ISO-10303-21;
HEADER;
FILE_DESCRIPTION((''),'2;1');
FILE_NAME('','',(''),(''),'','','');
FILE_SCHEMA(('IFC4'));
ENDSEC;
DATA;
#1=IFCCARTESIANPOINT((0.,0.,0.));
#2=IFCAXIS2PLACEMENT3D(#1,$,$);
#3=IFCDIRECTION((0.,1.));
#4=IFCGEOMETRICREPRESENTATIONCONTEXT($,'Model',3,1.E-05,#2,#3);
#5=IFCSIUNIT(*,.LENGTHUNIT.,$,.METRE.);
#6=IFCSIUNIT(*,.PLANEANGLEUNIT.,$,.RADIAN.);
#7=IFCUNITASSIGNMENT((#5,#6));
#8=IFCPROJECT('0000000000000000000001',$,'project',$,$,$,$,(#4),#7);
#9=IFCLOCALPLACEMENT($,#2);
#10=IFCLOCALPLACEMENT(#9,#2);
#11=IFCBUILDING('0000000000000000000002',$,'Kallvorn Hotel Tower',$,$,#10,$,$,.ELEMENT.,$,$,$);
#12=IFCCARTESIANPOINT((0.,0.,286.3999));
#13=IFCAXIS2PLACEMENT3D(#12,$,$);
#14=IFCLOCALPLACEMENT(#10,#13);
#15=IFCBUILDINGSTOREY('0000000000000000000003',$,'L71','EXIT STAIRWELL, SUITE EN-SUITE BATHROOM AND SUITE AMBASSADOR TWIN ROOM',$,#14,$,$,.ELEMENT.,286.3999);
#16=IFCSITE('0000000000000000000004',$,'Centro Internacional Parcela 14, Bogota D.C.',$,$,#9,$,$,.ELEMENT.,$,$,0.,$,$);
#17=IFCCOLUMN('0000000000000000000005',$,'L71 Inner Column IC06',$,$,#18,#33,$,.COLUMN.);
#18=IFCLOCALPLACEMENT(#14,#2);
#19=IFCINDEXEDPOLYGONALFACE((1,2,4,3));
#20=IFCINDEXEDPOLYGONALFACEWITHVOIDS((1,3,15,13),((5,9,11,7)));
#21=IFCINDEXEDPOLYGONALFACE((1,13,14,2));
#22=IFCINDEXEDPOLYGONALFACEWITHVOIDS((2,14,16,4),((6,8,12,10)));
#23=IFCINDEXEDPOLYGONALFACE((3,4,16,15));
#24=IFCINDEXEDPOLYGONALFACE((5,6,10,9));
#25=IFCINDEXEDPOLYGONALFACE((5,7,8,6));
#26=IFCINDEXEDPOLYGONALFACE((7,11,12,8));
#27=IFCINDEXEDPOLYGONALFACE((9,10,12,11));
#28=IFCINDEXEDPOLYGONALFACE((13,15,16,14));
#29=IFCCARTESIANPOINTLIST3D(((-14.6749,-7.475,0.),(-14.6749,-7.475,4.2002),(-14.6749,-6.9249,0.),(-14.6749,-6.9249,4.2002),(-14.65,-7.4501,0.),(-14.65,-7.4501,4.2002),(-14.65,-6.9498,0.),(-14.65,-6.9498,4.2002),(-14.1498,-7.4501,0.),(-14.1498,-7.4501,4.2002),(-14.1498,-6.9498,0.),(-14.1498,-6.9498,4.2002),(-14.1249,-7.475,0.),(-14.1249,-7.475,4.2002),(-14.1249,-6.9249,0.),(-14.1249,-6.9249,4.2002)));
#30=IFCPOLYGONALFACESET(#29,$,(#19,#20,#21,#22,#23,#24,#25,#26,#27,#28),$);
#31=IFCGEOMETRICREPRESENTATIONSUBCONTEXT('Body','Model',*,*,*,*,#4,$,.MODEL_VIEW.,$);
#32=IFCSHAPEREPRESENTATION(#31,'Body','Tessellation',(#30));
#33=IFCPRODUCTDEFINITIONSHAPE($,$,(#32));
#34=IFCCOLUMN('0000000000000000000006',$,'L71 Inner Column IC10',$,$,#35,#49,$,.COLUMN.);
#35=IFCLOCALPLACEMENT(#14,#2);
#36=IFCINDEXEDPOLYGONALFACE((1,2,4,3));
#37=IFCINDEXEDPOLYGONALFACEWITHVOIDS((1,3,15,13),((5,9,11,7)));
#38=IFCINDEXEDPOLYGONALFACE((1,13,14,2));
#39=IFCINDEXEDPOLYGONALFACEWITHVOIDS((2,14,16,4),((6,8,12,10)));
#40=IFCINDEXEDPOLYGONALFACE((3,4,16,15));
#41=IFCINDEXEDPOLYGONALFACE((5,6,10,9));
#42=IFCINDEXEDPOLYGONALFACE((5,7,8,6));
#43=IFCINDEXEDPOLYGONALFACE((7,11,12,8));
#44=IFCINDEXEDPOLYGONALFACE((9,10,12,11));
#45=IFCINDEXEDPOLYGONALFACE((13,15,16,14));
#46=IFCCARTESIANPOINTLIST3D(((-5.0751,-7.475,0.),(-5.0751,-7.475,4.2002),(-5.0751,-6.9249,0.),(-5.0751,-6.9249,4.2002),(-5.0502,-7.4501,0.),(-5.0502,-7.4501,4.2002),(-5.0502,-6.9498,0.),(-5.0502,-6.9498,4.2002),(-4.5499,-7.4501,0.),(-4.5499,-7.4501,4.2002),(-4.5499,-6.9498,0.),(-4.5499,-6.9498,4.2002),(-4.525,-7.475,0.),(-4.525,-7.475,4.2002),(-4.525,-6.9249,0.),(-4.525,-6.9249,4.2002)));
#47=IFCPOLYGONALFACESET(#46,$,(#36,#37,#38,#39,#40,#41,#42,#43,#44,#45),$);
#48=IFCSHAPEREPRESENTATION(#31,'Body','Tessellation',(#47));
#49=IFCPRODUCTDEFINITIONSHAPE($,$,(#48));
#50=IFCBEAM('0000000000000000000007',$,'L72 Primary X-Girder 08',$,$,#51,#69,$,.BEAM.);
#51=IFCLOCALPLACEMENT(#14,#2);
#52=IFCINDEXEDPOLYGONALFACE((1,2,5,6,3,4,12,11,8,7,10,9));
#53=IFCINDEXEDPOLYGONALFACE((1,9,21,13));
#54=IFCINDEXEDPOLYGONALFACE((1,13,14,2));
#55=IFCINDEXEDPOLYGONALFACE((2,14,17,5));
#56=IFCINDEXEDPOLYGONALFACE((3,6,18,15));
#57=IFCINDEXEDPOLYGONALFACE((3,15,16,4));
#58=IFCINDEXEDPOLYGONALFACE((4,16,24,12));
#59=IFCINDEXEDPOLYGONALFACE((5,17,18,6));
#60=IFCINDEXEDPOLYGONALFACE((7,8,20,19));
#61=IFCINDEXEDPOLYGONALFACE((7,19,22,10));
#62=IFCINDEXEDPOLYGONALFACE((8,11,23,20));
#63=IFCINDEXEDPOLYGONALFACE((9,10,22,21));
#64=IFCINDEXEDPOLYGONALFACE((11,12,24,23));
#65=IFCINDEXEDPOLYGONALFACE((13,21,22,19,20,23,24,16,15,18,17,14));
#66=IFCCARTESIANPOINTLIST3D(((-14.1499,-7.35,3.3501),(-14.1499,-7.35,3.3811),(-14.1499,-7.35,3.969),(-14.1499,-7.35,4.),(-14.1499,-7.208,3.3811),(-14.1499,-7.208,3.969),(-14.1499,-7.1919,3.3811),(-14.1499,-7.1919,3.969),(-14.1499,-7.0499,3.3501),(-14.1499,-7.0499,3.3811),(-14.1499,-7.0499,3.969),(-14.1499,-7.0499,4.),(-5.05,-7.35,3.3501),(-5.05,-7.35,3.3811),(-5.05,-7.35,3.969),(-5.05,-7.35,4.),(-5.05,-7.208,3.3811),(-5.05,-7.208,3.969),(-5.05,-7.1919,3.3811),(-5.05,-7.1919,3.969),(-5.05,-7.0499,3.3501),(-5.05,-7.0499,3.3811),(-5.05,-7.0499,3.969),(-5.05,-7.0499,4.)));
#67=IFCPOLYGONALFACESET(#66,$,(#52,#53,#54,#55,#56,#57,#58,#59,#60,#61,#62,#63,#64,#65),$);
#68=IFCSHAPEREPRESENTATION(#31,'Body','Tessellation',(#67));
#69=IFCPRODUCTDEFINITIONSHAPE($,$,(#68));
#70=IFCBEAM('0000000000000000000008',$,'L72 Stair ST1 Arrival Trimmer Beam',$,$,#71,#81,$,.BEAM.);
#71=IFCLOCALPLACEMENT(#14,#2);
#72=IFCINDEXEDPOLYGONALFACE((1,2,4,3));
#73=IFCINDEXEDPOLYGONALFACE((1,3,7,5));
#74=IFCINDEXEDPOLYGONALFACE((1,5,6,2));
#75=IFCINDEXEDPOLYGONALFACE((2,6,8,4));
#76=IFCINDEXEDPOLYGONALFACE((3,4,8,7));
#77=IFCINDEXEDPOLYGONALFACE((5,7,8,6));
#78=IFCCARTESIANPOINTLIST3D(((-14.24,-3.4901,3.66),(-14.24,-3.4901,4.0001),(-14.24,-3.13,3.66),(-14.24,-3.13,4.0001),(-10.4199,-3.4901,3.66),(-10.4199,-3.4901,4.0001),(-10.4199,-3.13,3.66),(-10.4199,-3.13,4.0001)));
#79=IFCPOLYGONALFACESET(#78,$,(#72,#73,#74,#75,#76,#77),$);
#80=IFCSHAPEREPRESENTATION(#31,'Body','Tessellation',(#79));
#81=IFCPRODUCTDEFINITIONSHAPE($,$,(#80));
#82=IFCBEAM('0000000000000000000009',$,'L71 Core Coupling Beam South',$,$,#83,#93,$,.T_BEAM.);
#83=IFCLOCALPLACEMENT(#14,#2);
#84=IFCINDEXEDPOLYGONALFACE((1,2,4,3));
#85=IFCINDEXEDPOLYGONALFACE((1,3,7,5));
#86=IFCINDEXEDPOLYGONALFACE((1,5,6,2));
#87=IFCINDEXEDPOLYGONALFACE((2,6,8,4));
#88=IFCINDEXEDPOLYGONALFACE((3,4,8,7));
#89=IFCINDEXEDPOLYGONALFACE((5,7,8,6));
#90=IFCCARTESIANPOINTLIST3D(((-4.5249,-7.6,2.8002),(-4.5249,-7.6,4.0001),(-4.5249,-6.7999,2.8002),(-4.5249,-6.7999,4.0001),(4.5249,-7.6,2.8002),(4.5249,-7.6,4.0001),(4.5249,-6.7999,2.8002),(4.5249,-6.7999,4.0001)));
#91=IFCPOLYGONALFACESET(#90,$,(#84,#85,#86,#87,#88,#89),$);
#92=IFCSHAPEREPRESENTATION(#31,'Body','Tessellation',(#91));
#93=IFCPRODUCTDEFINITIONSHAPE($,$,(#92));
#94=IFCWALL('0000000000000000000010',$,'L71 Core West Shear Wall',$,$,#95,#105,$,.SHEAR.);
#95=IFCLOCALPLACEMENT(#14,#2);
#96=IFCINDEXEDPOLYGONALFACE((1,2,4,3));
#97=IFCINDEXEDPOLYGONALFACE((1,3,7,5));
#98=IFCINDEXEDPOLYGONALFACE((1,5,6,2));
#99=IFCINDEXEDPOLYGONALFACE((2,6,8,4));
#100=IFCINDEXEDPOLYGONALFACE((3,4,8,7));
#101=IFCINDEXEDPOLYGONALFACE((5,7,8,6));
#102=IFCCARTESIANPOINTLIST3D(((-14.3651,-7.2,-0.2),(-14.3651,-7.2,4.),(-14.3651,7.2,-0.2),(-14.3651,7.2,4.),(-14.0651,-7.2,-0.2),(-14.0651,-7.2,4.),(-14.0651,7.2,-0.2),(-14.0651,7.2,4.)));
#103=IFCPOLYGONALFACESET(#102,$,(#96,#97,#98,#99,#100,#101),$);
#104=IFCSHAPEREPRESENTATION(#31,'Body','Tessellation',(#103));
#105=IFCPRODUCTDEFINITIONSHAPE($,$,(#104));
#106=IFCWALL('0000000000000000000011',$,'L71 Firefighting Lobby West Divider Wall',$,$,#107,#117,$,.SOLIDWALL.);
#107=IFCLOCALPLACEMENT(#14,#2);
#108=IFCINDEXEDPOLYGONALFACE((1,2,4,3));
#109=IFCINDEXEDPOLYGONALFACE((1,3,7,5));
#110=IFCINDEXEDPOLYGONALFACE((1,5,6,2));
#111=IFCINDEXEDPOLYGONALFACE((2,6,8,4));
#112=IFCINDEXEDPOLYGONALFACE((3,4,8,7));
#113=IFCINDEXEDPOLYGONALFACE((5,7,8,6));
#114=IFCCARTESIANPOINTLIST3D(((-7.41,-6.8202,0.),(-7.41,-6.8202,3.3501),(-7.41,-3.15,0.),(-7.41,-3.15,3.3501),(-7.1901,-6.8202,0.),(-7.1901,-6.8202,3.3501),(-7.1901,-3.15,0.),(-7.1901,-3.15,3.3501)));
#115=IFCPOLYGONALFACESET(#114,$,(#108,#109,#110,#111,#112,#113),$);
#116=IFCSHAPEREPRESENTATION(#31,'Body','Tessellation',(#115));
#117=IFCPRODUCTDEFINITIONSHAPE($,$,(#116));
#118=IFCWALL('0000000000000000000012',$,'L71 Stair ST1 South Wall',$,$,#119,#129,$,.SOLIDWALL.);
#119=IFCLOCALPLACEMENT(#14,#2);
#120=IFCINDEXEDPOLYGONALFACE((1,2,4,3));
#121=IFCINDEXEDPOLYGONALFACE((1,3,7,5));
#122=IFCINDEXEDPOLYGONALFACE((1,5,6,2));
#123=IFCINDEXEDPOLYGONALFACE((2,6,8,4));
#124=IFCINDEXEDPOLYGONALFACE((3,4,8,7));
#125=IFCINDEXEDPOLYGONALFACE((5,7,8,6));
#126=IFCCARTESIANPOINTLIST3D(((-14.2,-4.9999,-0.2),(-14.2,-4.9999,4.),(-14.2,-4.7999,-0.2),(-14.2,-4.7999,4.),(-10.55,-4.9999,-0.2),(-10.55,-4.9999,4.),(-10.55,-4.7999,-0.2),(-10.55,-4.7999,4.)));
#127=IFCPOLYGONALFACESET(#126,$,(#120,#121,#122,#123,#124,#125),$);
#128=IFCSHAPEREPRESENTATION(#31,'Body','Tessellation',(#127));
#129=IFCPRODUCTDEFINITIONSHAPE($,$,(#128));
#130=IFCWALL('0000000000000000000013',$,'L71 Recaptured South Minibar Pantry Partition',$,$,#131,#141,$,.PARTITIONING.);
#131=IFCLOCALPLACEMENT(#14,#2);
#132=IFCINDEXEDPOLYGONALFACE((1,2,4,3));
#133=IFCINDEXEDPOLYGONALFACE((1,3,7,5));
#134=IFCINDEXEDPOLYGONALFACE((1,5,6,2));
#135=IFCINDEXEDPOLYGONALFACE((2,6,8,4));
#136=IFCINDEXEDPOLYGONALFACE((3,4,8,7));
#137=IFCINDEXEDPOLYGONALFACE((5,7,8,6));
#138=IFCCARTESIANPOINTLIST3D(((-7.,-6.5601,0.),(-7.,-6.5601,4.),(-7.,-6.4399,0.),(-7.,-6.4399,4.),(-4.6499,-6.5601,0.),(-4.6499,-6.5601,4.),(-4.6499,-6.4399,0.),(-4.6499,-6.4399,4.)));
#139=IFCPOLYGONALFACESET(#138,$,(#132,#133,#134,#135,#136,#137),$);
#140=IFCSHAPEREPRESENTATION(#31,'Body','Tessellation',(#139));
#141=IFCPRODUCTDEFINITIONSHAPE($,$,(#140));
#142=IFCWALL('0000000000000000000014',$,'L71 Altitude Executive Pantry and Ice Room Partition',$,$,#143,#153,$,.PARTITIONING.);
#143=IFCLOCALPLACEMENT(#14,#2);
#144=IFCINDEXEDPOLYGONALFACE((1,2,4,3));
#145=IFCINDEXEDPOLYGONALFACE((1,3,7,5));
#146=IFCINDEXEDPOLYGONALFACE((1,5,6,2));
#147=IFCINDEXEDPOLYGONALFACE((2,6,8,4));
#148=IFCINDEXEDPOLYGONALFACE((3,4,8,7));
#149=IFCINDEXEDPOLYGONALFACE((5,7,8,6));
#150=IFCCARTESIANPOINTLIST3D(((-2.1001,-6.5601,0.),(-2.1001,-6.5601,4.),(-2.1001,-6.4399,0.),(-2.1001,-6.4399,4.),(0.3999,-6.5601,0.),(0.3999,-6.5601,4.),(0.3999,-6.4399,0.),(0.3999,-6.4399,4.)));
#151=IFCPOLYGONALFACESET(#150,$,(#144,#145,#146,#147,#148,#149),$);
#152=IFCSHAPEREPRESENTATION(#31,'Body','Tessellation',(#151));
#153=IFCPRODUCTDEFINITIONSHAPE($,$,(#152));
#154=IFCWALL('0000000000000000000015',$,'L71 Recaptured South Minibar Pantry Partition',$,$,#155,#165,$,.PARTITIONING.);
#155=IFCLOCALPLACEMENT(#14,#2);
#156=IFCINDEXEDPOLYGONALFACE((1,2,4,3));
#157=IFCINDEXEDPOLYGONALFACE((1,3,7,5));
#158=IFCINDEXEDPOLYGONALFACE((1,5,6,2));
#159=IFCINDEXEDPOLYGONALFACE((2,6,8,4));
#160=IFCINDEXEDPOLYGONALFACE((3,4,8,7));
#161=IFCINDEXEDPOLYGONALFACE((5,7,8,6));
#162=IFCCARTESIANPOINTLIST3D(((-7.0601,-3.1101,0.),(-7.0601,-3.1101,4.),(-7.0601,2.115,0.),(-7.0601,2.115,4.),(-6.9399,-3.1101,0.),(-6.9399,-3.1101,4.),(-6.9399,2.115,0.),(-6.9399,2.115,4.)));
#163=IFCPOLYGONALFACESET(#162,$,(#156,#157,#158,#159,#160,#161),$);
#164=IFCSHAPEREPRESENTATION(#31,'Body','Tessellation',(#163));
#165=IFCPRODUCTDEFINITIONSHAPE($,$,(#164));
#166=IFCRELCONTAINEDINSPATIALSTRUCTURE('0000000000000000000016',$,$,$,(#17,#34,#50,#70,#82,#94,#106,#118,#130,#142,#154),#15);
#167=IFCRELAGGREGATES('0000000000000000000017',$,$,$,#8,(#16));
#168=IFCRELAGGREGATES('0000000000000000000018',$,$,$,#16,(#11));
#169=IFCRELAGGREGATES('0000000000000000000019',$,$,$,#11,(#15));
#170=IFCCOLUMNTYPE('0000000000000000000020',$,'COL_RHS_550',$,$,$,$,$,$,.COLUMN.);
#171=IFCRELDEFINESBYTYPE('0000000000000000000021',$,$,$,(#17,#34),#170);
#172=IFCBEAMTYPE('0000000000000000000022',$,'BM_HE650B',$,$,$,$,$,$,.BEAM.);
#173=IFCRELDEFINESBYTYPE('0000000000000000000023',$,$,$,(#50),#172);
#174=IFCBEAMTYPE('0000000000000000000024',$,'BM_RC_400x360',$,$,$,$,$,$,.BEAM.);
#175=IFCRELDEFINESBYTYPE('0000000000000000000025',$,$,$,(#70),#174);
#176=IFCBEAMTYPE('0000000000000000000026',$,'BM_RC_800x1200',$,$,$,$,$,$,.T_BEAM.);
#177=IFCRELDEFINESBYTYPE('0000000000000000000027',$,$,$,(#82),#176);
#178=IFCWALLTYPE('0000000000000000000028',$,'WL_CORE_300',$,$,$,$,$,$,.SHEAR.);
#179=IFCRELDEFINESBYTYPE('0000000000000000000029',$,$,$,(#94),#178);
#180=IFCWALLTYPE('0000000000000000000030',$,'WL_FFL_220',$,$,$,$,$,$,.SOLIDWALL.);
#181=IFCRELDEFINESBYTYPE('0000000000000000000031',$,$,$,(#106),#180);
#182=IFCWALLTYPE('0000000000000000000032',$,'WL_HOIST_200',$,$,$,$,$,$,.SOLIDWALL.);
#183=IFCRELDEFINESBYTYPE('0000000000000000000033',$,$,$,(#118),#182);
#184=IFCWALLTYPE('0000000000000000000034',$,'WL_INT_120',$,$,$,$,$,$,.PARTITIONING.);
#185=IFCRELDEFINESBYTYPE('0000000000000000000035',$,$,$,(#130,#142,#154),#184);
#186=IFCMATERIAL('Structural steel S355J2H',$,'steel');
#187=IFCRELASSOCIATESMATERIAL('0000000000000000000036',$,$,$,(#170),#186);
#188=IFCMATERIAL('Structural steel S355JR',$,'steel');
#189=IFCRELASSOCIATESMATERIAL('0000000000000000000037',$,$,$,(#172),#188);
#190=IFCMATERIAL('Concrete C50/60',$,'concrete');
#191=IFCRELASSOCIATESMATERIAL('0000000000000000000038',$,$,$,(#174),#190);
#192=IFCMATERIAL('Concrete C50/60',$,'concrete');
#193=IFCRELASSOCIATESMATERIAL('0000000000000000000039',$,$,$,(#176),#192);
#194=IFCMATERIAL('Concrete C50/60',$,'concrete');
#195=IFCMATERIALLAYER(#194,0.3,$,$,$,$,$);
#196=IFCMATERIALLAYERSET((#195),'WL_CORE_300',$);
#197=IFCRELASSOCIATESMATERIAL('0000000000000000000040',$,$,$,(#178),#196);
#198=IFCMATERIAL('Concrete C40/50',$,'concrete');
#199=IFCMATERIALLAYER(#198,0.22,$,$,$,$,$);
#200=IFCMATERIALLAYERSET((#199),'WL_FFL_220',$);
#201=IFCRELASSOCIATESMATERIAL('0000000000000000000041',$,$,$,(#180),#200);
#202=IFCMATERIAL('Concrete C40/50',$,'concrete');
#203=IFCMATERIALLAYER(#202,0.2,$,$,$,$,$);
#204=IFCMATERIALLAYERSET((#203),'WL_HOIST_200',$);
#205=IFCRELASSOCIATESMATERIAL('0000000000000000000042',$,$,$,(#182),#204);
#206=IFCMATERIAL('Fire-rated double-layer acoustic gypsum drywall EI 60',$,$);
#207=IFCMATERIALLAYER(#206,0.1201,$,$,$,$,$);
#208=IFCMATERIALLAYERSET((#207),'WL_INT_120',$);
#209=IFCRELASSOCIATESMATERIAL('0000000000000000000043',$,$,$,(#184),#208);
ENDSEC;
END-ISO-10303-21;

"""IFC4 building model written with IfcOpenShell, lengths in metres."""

from ifc_helpers import new_model, si_unit, direction, frame, frame_2d, origin, origin_2d, place, context, subcontext, project, spatial, rectangle, hollow_rectangle, i_section, extrude, material, layer, layer_set, material_profile, profile_set, type_object, element, save


model = new_model("IFC4")

# Units and contexts
model_context = context("Model", 3, precision=1e-05, world=origin(), true_north=direction((0.0, 1.0)))
body_context = subcontext(model_context, "Body", "Model", "MODEL_VIEW")
ifc_project = project(units=[si_unit("LENGTHUNIT", "METRE"), si_unit("PLANEANGLEUNIT", "RADIAN")], contexts=[model_context])

# Site, building, storey
site_placement = place(None, origin())
site = spatial("IfcSite", under=ifc_project, at=site_placement, Name="Centro Internacional Parcela 14, Bogota D.C.", CompositionType="ELEMENT", RefElevation=0.0)
building_placement = place(site_placement, origin())
building = spatial("IfcBuilding", under=site, at=building_placement, Name="Kallvorn Hotel Tower", CompositionType="ELEMENT")
storey_placement = place(building_placement, frame((0.0, 0.0, 286.3999)))
storey = spatial("IfcBuildingStorey", under=building, at=storey_placement, Name="L71", Description="EXIT STAIRWELL, SUITE EN-SUITE BATHROOM AND SUITE AMBASSADOR TWIN ROOM", CompositionType="ELEMENT", Elevation=286.3999)

# Columns
ifc_material_1 = material(Name="Structural steel S355J2H", Category="steel")
ifc_material_profile_1 = material_profile(ifc_material_1, hollow_rectangle(XDim=0.55, YDim=0.55, WallThickness=0.0249, at=origin_2d()), Name="RHS 550x550x25")
ifc_profile_set_1 = profile_set([ifc_material_profile_1], Name="Structural steel S355J2H")
column_type = type_object("IfcColumnType", Name="COL_RHS_550", PredefinedType="COLUMN", material=ifc_profile_set_1)
for number, where, z_axis, x_axis, name in (
    (1, (-14.3999, -7.2, 0.0), (0.0, 0.0, 1.0), (1.0, 0.0, 0.0), "L71 Inner Column IC06"),
    (2, (-4.8, -7.2, 0.0), (0.0, 0.0, 1.0), (1.0, 0.0, 0.0), "L71 Inner Column IC10"),
):
    element("IfcColumn", number, at=place(storey_placement, frame(where, z_axis=z_axis, x_axis=x_axis)), inside=storey, type_object=column_type, Name=name, PredefinedType="COLUMN", context=body_context, shape_type="SweptSolid", body=[
        extrude(hollow_rectangle(XDim=0.55, YDim=0.55, WallThickness=0.0249, at=origin_2d()), origin(), (0.0, 0.0, 1.0), 4.2002),
    ])

# Beams
ifc_material_2 = material(Name="Structural steel S355JR", Category="steel")
ifc_material_profile_2 = material_profile(ifc_material_2, i_section(OverallWidth=0.3, OverallDepth=0.6499, WebThickness=0.0161, FlangeThickness=0.031, at=origin_2d()), Name="HE 650 B")
ifc_profile_set_2 = profile_set([ifc_material_profile_2], Name="Structural steel S355JR")
beam_type_1 = type_object("IfcBeamType", Name="BM_HE650B", PredefinedType="BEAM", material=ifc_profile_set_2)
beam_1_placement = place(storey_placement, frame((-14.1499, -7.2, 3.675), z_axis=(1.0, 0.0, 0.0), x_axis=(0.0, 1.0, 0.0)))
element("IfcBeam", 3, at=beam_1_placement, inside=storey, type_object=beam_type_1, Name="L72 Primary X-Girder 08", PredefinedType="BEAM", context=body_context, shape_type="SweptSolid", body=[
    extrude(i_section(OverallWidth=0.3, OverallDepth=0.6499, WebThickness=0.0161, FlangeThickness=0.031, at=origin_2d()), origin(), (0.0, 0.0, 1.0), 9.0999),
])
ifc_material_3 = material(Name="Concrete C50/60", Category="concrete")
ifc_material_profile_3 = material_profile(ifc_material_3, rectangle(XDim=0.3601, YDim=0.3401, at=origin_2d()), Name="RC 360x340")
ifc_profile_set_3 = profile_set([ifc_material_profile_3], Name="Concrete C50/60")
beam_type_2 = type_object("IfcBeamType", Name="BM_RC_400x360", PredefinedType="BEAM", material=ifc_profile_set_3)
beam_2_placement = place(storey_placement, frame((-10.4199, -3.3101, 3.8301), z_axis=(-1.0, 0.0, 0.0), x_axis=(0.0, -1.0, 0.0)))
element("IfcBeam", 4, at=beam_2_placement, inside=storey, type_object=beam_type_2, Name="L72 Stair ST1 Arrival Trimmer Beam", PredefinedType="BEAM", context=body_context, shape_type="SweptSolid", body=[
    extrude(rectangle(XDim=0.3601, YDim=0.3401, at=origin_2d()), origin(), (0.0, 0.0, 1.0), 3.8201),
])
ifc_material_4 = material(Name="Concrete C50/60", Category="concrete")
ifc_material_profile_4 = material_profile(ifc_material_4, rectangle(XDim=0.8, YDim=1.2, at=origin_2d()), Name="RC 800x1200")
ifc_profile_set_4 = profile_set([ifc_material_profile_4], Name="Concrete C50/60")
beam_type_3 = type_object("IfcBeamType", Name="BM_RC_800x1200", PredefinedType="T_BEAM", material=ifc_profile_set_4)
beam_3_placement = place(storey_placement, frame((-4.5249, -7.2, 3.4001), z_axis=(1.0, 0.0, 0.0), x_axis=(0.0, 1.0, 0.0)))
element("IfcBeam", 5, at=beam_3_placement, inside=storey, type_object=beam_type_3, Name="L71 Core Coupling Beam South", PredefinedType="T_BEAM", context=body_context, shape_type="SweptSolid", body=[
    extrude(rectangle(XDim=0.8, YDim=1.2, at=origin_2d()), origin(), (0.0, 0.0, 1.0), 9.0498),
])

# Walls
ifc_material_5 = material(Name="Concrete C50/60", Category="concrete")
ifc_layer_1 = layer(ifc_material_5, 0.3)
ifc_layer_set_1 = layer_set([ifc_layer_1], Name="WL_CORE_300")
wall_type_1 = type_object("IfcWallType", Name="WL_CORE_300", PredefinedType="SHEAR", material=ifc_layer_set_1)
wall_1_placement = place(storey_placement, frame((-14.2151, -7.2, -0.2), z_axis=(0.0, 0.0, 1.0), x_axis=(0.0, 1.0, 0.0)))
element("IfcWall", 6, at=wall_1_placement, inside=storey, type_object=wall_type_1, Name="L71 Core West Shear Wall", PredefinedType="SHEAR", context=body_context, shape_type="SweptSolid", body=[
    extrude(rectangle(XDim=14.3999, YDim=0.3, at=frame_2d((7.2, 0.0))), origin(), (0.0, 0.0, 1.0), 4.2),
])
ifc_material_6 = material(Name="Concrete C40/50", Category="concrete")
ifc_layer_2 = layer(ifc_material_6, 0.22)
ifc_layer_set_2 = layer_set([ifc_layer_2], Name="WL_FFL_220")
wall_type_2 = type_object("IfcWallType", Name="WL_FFL_220", PredefinedType="SOLIDWALL", material=ifc_layer_set_2)
wall_2_placement = place(storey_placement, frame((-7.3, -6.8201, 0.0), z_axis=(0.0, 0.0, 1.0), x_axis=(0.0, 1.0, 0.0)))
element("IfcWall", 7, at=wall_2_placement, inside=storey, type_object=wall_type_2, Name="L71 Firefighting Lobby West Divider Wall", PredefinedType="SOLIDWALL", context=body_context, shape_type="SweptSolid", body=[
    extrude(rectangle(XDim=3.6702, YDim=0.22, at=frame_2d((1.835, 0.0))), origin(), (0.0, 0.0, 1.0), 3.3501),
])
ifc_material_7 = material(Name="Concrete C40/50", Category="concrete")
ifc_layer_3 = layer(ifc_material_7, 0.2)
ifc_layer_set_3 = layer_set([ifc_layer_3], Name="WL_HOIST_200")
wall_type_3 = type_object("IfcWallType", Name="WL_HOIST_200", PredefinedType="SOLIDWALL", material=ifc_layer_set_3)
wall_3_placement = place(storey_placement, frame((-14.2, -4.8999, -0.2), z_axis=(0.0, 0.0, 1.0), x_axis=(1.0, 0.0, 0.0)))
element("IfcWall", 8, at=wall_3_placement, inside=storey, type_object=wall_type_3, Name="L71 Stair ST1 South Wall", PredefinedType="SOLIDWALL", context=body_context, shape_type="SweptSolid", body=[
    extrude(rectangle(XDim=3.6499, YDim=0.2, at=frame_2d((1.825, 0.0))), origin(), (0.0, 0.0, 1.0), 4.2),
])
ifc_material_8 = material(Name="Fire-rated double-layer acoustic gypsum drywall EI 60")
ifc_layer_4 = layer(ifc_material_8, 0.1201)
ifc_layer_set_4 = layer_set([ifc_layer_4], Name="WL_INT_120")
wall_type_4 = type_object("IfcWallType", Name="WL_INT_120", PredefinedType="PARTITIONING", material=ifc_layer_set_4)
wall_4_placement = place(storey_placement, frame((-7.0, -6.5, 0.0), z_axis=(0.0, 0.0, 1.0), x_axis=(1.0, 0.0, 0.0)))
element("IfcWall", 9, at=wall_4_placement, inside=storey, type_object=wall_type_4, Name="L71 Recaptured South Minibar Pantry Partition", PredefinedType="PARTITIONING", context=body_context, shape_type="SweptSolid", body=[
    extrude(rectangle(XDim=2.3501, YDim=0.1201, at=frame_2d((1.175, 0.0))), origin(), (0.0, 0.0, 1.0), 4.0),
])
wall_5_placement = place(storey_placement, frame((-2.1001, -6.5, 0.0), z_axis=(0.0, 0.0, 1.0), x_axis=(1.0, 0.0, 0.0)))
element("IfcWall", 10, at=wall_5_placement, inside=storey, type_object=wall_type_4, Name="L71 Altitude Executive Pantry and Ice Room Partition", PredefinedType="PARTITIONING", context=body_context, shape_type="SweptSolid", body=[
    extrude(rectangle(XDim=2.5, YDim=0.1201, at=frame_2d((1.25, 0.0))), origin(), (0.0, 0.0, 1.0), 4.0),
])
wall_6_placement = place(storey_placement, frame((-7.0, -3.1101, 0.0), z_axis=(0.0, 0.0, 1.0), x_axis=(0.0, 1.0, 0.0)))
element("IfcWall", 11, at=wall_6_placement, inside=storey, type_object=wall_type_4, Name="L71 Recaptured South Minibar Pantry Partition", PredefinedType="PARTITIONING", context=body_context, shape_type="SweptSolid", body=[
    extrude(rectangle(XDim=5.2251, YDim=0.1201, at=frame_2d((2.6125, 0.0))), origin(), (0.0, 0.0, 1.0), 4.0),
])

save(model, "model.ifc")
